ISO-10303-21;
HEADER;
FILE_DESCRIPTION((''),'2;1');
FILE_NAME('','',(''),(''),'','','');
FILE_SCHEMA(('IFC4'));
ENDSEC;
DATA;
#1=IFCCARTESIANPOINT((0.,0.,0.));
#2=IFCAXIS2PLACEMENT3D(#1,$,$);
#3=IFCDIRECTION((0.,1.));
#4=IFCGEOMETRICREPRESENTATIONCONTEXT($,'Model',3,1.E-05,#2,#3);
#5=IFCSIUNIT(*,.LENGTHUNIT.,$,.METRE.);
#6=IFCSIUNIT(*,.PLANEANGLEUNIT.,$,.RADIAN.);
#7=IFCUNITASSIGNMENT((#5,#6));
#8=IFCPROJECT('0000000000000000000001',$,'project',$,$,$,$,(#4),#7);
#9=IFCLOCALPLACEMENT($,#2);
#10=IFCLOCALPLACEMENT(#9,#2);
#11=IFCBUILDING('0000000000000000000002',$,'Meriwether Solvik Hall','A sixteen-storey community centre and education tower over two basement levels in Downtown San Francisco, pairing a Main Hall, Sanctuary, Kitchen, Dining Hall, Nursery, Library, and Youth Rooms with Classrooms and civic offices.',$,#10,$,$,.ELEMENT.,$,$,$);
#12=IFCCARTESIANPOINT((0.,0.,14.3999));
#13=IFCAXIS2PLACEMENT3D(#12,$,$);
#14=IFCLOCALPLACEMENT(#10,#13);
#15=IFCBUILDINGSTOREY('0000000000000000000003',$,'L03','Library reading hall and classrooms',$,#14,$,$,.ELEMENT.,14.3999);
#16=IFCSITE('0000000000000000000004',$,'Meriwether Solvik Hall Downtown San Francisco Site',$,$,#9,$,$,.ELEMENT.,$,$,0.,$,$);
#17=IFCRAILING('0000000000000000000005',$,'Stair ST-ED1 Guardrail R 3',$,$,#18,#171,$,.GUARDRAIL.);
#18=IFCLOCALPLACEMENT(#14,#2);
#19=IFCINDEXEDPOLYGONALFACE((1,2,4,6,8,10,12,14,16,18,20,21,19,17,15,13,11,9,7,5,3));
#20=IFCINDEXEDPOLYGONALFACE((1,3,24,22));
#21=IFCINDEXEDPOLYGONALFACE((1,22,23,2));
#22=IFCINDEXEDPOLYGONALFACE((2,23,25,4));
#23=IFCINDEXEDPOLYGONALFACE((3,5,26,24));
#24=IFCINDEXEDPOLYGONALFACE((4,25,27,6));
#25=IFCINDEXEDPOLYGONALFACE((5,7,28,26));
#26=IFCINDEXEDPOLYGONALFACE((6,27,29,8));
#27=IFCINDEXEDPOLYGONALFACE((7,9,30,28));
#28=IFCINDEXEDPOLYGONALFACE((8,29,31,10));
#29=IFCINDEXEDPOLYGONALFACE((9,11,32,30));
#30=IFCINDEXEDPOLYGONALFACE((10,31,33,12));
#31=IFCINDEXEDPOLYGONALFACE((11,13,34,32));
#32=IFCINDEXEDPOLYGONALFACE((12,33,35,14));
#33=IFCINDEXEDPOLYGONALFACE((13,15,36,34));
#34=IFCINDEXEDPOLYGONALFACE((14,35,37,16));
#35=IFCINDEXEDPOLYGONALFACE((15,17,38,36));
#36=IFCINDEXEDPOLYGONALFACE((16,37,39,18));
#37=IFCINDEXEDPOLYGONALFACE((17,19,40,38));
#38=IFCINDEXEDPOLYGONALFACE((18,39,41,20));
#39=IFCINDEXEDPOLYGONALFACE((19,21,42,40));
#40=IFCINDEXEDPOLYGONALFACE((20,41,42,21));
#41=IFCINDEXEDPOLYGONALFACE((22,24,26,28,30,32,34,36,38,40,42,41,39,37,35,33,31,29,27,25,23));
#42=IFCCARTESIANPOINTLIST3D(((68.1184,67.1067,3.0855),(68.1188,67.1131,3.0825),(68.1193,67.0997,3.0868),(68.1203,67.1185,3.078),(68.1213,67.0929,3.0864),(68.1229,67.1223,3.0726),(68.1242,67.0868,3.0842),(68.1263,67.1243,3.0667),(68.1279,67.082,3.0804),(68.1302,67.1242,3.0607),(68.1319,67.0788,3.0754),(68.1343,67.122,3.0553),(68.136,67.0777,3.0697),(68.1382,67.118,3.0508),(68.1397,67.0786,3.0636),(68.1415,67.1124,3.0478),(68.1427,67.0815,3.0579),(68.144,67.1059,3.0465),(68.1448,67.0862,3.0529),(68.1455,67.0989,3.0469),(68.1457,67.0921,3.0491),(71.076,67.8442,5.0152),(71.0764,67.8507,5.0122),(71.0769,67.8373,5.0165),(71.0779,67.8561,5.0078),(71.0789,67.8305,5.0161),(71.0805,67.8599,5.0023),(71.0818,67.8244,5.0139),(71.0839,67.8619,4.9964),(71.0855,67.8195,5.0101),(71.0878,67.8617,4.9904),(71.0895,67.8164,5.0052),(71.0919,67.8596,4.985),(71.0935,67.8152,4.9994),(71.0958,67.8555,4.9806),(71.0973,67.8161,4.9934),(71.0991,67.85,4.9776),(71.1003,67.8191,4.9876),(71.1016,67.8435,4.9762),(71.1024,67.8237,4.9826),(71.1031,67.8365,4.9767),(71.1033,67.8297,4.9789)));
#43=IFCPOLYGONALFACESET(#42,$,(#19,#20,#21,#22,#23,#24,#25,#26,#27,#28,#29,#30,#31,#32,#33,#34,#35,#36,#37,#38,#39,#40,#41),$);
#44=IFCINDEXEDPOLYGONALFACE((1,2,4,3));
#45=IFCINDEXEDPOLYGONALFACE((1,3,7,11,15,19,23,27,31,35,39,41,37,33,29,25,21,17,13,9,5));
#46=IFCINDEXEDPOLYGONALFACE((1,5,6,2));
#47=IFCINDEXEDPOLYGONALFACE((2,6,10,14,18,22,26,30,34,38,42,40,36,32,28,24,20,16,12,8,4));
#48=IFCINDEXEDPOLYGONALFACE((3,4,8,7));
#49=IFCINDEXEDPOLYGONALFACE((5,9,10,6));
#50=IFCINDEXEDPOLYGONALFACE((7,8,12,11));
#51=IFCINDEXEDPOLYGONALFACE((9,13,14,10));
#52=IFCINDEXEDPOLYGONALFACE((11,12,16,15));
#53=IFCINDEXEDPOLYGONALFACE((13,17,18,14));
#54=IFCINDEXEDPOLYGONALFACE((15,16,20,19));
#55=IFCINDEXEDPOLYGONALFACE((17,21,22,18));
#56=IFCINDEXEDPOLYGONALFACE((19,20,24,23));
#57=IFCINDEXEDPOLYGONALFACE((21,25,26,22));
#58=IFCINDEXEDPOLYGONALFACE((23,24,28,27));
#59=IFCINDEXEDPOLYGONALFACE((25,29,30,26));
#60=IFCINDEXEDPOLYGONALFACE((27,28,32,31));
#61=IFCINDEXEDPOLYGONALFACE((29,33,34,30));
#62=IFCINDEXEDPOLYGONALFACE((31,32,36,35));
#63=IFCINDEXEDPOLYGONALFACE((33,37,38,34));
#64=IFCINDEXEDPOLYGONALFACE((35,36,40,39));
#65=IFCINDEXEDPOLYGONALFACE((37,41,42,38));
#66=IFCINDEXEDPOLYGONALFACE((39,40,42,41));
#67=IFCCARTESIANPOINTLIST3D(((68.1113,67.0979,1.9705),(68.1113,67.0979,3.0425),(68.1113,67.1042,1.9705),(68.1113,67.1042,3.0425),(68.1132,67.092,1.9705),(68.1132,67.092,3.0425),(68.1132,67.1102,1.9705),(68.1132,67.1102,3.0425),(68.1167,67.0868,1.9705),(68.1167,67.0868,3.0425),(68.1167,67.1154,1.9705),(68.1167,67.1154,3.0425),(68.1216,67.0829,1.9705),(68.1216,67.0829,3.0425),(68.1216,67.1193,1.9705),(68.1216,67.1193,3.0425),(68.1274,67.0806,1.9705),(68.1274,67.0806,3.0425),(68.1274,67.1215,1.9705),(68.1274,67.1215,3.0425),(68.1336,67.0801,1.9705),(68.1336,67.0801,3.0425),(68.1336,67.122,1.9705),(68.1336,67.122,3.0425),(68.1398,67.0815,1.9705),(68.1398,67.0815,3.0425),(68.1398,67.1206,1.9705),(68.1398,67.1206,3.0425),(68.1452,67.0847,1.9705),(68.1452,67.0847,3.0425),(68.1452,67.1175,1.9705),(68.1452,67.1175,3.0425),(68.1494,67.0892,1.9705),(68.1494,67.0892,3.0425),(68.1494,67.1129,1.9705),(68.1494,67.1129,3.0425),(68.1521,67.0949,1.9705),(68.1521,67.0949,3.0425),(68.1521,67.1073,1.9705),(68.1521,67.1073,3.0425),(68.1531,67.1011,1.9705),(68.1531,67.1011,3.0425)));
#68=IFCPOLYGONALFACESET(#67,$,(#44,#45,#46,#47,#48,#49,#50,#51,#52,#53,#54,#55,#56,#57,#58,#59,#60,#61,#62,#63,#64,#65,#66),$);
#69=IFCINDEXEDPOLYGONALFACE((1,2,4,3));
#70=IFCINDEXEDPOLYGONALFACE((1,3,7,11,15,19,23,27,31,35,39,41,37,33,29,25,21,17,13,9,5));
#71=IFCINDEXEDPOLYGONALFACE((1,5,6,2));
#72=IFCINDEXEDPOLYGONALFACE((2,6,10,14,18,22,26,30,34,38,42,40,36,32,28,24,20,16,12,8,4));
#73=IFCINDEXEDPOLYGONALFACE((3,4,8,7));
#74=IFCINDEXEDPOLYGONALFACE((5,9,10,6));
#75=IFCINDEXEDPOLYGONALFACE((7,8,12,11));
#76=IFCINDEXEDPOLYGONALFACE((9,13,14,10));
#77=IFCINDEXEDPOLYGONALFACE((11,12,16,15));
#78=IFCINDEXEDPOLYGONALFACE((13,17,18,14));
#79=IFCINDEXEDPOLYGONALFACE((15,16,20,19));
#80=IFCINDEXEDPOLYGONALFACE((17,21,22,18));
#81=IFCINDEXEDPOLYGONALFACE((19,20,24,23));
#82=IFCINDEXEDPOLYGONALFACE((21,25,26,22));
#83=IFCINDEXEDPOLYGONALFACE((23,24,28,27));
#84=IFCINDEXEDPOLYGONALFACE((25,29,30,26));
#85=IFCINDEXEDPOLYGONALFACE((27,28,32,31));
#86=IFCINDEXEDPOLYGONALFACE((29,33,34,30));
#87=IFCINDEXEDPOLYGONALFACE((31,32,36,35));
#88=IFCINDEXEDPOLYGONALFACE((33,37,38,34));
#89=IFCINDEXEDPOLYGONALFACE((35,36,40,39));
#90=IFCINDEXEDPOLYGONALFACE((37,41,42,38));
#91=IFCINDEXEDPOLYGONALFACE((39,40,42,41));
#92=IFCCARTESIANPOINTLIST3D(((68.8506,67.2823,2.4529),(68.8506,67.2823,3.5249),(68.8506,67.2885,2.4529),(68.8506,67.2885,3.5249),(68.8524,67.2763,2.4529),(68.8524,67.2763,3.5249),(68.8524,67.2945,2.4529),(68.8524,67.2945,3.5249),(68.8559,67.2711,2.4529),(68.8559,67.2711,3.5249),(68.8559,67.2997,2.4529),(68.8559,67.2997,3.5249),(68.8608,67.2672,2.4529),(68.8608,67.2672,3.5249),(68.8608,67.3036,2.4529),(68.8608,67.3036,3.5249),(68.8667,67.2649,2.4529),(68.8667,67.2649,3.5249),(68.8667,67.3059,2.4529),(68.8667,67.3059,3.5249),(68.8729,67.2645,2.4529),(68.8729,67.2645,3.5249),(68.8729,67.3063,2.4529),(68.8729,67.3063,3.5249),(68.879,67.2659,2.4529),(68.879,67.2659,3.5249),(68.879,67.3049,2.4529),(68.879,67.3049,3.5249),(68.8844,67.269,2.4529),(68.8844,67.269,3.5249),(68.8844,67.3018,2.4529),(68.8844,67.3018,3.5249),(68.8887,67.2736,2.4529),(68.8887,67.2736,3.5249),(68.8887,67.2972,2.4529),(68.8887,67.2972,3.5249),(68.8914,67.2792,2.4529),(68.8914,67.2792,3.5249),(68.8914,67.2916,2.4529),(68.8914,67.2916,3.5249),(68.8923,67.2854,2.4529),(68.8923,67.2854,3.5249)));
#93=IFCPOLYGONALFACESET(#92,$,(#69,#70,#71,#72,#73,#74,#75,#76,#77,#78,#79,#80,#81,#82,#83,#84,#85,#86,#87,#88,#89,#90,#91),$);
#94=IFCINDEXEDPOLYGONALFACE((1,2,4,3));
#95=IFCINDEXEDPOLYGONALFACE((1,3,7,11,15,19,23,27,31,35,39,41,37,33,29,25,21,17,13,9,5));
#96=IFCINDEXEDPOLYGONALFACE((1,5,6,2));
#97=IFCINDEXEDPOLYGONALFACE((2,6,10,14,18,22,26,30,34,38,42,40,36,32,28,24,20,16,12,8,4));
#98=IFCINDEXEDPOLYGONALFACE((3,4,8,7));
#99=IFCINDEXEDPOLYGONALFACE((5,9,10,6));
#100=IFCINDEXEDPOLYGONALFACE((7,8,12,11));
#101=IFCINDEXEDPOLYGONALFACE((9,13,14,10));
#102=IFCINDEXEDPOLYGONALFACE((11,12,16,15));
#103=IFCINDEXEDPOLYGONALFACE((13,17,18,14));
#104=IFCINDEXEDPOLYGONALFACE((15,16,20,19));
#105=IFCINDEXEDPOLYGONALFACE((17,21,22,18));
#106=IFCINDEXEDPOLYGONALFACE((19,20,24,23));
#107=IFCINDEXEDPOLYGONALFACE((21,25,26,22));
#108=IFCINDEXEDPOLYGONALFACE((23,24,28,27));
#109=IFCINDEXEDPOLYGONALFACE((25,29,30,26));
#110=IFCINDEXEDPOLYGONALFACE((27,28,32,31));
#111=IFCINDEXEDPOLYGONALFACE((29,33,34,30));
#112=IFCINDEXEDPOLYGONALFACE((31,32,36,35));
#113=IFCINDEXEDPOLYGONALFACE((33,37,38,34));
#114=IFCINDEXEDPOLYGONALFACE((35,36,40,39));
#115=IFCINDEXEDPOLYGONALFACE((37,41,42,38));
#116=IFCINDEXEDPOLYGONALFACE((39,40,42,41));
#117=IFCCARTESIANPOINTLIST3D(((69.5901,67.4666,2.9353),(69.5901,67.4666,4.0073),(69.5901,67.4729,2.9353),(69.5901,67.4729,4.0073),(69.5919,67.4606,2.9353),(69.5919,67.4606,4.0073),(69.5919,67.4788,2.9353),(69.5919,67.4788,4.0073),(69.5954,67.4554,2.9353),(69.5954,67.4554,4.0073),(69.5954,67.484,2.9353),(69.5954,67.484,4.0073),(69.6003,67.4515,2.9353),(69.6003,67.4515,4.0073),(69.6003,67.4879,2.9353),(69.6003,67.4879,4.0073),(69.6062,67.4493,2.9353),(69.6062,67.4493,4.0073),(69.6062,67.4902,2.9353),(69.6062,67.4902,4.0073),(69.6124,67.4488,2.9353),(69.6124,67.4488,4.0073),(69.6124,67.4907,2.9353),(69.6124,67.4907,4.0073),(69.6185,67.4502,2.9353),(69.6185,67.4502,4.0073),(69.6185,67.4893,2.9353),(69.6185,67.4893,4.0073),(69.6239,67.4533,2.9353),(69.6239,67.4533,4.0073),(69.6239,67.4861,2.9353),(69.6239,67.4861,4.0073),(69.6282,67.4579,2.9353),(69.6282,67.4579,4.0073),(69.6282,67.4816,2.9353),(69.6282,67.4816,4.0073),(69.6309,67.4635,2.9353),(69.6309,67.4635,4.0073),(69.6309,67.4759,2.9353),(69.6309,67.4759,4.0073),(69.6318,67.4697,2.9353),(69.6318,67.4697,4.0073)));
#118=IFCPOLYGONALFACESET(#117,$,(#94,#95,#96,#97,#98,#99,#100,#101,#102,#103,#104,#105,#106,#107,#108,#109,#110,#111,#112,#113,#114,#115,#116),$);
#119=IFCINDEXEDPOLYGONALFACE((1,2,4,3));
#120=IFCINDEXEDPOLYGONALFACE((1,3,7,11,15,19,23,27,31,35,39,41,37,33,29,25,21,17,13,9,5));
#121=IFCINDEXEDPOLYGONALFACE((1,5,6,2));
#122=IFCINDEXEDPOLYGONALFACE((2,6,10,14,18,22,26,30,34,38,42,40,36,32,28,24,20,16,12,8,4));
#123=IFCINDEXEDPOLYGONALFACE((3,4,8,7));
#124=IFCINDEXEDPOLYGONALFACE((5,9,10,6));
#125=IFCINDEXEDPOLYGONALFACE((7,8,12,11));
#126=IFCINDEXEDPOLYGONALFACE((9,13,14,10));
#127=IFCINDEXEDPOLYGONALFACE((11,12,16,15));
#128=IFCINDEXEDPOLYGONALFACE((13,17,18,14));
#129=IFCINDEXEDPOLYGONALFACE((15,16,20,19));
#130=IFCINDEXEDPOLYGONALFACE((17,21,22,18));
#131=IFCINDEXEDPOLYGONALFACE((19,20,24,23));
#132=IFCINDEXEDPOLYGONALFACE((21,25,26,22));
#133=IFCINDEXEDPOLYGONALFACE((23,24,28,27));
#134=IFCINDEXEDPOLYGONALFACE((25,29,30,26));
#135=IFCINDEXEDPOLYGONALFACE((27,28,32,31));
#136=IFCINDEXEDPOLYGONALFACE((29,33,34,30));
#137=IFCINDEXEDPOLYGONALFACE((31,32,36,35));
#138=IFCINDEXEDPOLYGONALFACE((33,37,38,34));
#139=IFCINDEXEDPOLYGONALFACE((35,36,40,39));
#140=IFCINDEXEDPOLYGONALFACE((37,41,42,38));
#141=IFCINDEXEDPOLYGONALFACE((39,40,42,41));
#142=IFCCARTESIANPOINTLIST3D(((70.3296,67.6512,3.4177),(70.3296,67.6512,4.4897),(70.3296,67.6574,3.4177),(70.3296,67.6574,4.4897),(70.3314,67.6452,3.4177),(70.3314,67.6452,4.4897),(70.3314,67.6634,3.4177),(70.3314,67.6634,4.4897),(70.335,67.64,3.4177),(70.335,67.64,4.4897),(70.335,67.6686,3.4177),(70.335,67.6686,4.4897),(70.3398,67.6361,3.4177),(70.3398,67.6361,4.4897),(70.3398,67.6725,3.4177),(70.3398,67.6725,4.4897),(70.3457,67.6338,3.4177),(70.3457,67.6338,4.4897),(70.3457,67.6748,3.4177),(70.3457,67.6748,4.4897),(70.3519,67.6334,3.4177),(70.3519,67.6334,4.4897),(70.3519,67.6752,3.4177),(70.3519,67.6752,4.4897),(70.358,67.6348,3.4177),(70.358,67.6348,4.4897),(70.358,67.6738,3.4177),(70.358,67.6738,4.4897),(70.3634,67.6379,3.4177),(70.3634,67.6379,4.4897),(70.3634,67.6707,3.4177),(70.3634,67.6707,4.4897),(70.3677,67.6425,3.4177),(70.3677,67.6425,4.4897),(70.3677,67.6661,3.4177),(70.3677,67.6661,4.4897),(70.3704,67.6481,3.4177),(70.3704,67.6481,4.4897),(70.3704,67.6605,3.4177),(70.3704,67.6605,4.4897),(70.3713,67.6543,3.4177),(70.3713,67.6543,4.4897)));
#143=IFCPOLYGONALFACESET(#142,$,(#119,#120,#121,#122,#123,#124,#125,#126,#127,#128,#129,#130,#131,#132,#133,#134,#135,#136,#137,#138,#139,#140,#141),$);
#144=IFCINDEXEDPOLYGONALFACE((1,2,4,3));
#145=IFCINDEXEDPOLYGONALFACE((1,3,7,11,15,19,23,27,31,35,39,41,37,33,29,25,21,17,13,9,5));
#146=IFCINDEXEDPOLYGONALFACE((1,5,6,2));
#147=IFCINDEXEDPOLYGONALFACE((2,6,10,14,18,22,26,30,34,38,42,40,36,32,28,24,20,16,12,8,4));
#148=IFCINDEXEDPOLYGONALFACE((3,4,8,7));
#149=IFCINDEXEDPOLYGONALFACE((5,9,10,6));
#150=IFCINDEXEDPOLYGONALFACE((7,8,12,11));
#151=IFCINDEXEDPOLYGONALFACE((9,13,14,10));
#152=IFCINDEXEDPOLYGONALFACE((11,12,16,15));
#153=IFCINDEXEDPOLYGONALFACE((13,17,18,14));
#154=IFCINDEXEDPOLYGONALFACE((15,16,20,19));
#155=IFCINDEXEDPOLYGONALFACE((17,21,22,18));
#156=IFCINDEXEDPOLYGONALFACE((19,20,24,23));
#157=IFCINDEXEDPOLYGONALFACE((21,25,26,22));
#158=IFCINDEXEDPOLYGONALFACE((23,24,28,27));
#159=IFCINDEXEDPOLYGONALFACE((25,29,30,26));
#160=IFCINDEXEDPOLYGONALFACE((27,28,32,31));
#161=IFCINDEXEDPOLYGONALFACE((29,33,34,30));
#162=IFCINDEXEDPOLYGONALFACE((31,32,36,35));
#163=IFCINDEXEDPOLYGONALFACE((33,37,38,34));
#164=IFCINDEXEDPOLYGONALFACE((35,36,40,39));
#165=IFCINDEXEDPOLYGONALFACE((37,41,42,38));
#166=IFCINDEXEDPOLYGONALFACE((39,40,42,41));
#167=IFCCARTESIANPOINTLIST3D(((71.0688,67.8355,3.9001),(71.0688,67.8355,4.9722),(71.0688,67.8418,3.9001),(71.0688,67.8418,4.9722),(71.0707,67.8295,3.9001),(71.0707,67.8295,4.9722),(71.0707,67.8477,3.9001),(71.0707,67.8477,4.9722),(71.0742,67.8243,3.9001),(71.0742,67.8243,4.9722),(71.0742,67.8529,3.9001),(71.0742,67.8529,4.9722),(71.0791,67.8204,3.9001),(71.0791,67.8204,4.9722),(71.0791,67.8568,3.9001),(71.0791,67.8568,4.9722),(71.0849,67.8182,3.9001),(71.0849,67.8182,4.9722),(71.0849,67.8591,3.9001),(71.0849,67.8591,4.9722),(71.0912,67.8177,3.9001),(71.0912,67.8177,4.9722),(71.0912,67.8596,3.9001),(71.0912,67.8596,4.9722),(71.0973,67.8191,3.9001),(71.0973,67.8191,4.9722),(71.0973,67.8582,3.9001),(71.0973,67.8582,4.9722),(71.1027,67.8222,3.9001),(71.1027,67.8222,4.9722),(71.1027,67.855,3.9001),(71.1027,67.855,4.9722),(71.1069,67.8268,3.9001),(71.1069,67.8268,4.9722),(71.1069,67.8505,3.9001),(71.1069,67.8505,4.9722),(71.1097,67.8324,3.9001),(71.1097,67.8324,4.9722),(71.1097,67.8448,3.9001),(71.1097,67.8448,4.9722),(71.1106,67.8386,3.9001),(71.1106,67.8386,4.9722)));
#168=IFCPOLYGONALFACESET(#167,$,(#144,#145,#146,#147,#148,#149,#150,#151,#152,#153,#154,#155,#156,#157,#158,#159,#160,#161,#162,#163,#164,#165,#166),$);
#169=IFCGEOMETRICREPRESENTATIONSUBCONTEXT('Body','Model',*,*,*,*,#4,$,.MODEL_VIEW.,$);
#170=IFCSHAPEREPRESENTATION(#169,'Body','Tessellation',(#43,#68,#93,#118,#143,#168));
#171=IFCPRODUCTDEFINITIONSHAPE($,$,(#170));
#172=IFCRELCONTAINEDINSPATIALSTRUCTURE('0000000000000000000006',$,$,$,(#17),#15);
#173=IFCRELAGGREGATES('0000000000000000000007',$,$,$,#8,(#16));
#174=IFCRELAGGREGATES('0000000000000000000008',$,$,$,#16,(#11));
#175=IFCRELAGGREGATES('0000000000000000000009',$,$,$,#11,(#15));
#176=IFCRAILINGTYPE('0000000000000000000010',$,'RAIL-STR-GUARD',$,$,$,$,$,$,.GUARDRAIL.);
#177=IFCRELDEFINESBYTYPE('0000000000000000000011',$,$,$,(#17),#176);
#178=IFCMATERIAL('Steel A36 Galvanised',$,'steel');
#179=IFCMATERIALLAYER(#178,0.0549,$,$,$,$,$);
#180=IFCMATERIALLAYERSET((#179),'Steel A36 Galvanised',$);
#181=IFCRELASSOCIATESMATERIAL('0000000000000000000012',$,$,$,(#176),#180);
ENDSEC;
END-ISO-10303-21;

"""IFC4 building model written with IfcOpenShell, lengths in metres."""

from ifc_helpers import new_model, si_unit, direction, frame, origin, origin_2d, place, context, subcontext, project, spatial, circle, extrude, material, layer, layer_set, type_object, element, save


model = new_model("IFC4")

# Units and contexts
model_context = context("Model", 3, precision=1e-05, world=origin(), true_north=direction((0.0, 1.0)))
body_context = subcontext(model_context, "Body", "Model", "MODEL_VIEW")
ifc_project = project(units=[si_unit("LENGTHUNIT", "METRE"), si_unit("PLANEANGLEUNIT", "RADIAN")], contexts=[model_context])

# Site, building, storey
site_placement = place(None, origin())
site = spatial("IfcSite", under=ifc_project, at=site_placement, Name="Meriwether Solvik Hall Downtown San Francisco Site", CompositionType="ELEMENT", RefElevation=0.0)
building_placement = place(site_placement, origin())
building = spatial("IfcBuilding", under=site, at=building_placement, Name="Meriwether Solvik Hall", Description="A sixteen-storey community centre and education tower over two basement levels in Downtown San Francisco, pairing a Main Hall, Sanctuary, Kitchen, Dining Hall, Nursery, Library, and Youth Rooms with Classrooms and civic offices.", CompositionType="ELEMENT")
storey_placement = place(building_placement, frame((0.0, 0.0, 14.3999)))
storey = spatial("IfcBuildingStorey", under=building, at=storey_placement, Name="L03", Description="Library reading hall and classrooms", CompositionType="ELEMENT", Elevation=14.3999)

# Railing
ifc_material_1 = material(Name="Steel A36 Galvanised", Category="steel")
ifc_layer_1 = layer(ifc_material_1, 0.0549)
ifc_layer_set_1 = layer_set([ifc_layer_1], Name="Steel A36 Galvanised")
railing_type_1 = type_object("IfcRailingType", Name="RAIL-STR-GUARD", PredefinedType="GUARDRAIL", material=ifc_layer_set_1)
railing_1_placement = place(storey_placement, frame((68.1321, 67.1011, 1.9705)))
element("IfcRailing", 1, at=railing_1_placement, inside=storey, type_object=railing_type_1, Name="Stair ST-ED1 Guardrail R 3", PredefinedType="GUARDRAIL", context=body_context, shape_type="SweptSolid", body=[
    extrude(circle(Radius=0.0239, at=origin_2d()), frame((0.0, 0.0, 1.0962), z_axis=(0.819808, 0.204445, 0.534899), x_axis=(-0.24197, 0.970284, 0.0)), (0.0, 0.0, 1.0), 3.6077),
    extrude(circle(Radius=0.021, at=origin_2d()), origin(), (0.0, 0.0, 1.0), 1.072),
    extrude(circle(Radius=0.021, at=origin_2d()), frame((0.7393, 0.1843, 0.4824)), (0.0, 0.0, 1.0), 1.072),
    extrude(circle(Radius=0.021, at=origin_2d()), frame((1.4788, 0.3687, 0.9648)), (0.0, 0.0, 1.0), 1.072),
    extrude(circle(Radius=0.021, at=origin_2d()), frame((2.2183, 0.5532, 1.4473)), (0.0, 0.0, 1.0), 1.072),
    extrude(circle(Radius=0.021, at=origin_2d()), frame((2.9575, 0.7375, 1.9297)), (0.0, 0.0, 1.0), 1.072),
])

save(model, "model.ifc")
